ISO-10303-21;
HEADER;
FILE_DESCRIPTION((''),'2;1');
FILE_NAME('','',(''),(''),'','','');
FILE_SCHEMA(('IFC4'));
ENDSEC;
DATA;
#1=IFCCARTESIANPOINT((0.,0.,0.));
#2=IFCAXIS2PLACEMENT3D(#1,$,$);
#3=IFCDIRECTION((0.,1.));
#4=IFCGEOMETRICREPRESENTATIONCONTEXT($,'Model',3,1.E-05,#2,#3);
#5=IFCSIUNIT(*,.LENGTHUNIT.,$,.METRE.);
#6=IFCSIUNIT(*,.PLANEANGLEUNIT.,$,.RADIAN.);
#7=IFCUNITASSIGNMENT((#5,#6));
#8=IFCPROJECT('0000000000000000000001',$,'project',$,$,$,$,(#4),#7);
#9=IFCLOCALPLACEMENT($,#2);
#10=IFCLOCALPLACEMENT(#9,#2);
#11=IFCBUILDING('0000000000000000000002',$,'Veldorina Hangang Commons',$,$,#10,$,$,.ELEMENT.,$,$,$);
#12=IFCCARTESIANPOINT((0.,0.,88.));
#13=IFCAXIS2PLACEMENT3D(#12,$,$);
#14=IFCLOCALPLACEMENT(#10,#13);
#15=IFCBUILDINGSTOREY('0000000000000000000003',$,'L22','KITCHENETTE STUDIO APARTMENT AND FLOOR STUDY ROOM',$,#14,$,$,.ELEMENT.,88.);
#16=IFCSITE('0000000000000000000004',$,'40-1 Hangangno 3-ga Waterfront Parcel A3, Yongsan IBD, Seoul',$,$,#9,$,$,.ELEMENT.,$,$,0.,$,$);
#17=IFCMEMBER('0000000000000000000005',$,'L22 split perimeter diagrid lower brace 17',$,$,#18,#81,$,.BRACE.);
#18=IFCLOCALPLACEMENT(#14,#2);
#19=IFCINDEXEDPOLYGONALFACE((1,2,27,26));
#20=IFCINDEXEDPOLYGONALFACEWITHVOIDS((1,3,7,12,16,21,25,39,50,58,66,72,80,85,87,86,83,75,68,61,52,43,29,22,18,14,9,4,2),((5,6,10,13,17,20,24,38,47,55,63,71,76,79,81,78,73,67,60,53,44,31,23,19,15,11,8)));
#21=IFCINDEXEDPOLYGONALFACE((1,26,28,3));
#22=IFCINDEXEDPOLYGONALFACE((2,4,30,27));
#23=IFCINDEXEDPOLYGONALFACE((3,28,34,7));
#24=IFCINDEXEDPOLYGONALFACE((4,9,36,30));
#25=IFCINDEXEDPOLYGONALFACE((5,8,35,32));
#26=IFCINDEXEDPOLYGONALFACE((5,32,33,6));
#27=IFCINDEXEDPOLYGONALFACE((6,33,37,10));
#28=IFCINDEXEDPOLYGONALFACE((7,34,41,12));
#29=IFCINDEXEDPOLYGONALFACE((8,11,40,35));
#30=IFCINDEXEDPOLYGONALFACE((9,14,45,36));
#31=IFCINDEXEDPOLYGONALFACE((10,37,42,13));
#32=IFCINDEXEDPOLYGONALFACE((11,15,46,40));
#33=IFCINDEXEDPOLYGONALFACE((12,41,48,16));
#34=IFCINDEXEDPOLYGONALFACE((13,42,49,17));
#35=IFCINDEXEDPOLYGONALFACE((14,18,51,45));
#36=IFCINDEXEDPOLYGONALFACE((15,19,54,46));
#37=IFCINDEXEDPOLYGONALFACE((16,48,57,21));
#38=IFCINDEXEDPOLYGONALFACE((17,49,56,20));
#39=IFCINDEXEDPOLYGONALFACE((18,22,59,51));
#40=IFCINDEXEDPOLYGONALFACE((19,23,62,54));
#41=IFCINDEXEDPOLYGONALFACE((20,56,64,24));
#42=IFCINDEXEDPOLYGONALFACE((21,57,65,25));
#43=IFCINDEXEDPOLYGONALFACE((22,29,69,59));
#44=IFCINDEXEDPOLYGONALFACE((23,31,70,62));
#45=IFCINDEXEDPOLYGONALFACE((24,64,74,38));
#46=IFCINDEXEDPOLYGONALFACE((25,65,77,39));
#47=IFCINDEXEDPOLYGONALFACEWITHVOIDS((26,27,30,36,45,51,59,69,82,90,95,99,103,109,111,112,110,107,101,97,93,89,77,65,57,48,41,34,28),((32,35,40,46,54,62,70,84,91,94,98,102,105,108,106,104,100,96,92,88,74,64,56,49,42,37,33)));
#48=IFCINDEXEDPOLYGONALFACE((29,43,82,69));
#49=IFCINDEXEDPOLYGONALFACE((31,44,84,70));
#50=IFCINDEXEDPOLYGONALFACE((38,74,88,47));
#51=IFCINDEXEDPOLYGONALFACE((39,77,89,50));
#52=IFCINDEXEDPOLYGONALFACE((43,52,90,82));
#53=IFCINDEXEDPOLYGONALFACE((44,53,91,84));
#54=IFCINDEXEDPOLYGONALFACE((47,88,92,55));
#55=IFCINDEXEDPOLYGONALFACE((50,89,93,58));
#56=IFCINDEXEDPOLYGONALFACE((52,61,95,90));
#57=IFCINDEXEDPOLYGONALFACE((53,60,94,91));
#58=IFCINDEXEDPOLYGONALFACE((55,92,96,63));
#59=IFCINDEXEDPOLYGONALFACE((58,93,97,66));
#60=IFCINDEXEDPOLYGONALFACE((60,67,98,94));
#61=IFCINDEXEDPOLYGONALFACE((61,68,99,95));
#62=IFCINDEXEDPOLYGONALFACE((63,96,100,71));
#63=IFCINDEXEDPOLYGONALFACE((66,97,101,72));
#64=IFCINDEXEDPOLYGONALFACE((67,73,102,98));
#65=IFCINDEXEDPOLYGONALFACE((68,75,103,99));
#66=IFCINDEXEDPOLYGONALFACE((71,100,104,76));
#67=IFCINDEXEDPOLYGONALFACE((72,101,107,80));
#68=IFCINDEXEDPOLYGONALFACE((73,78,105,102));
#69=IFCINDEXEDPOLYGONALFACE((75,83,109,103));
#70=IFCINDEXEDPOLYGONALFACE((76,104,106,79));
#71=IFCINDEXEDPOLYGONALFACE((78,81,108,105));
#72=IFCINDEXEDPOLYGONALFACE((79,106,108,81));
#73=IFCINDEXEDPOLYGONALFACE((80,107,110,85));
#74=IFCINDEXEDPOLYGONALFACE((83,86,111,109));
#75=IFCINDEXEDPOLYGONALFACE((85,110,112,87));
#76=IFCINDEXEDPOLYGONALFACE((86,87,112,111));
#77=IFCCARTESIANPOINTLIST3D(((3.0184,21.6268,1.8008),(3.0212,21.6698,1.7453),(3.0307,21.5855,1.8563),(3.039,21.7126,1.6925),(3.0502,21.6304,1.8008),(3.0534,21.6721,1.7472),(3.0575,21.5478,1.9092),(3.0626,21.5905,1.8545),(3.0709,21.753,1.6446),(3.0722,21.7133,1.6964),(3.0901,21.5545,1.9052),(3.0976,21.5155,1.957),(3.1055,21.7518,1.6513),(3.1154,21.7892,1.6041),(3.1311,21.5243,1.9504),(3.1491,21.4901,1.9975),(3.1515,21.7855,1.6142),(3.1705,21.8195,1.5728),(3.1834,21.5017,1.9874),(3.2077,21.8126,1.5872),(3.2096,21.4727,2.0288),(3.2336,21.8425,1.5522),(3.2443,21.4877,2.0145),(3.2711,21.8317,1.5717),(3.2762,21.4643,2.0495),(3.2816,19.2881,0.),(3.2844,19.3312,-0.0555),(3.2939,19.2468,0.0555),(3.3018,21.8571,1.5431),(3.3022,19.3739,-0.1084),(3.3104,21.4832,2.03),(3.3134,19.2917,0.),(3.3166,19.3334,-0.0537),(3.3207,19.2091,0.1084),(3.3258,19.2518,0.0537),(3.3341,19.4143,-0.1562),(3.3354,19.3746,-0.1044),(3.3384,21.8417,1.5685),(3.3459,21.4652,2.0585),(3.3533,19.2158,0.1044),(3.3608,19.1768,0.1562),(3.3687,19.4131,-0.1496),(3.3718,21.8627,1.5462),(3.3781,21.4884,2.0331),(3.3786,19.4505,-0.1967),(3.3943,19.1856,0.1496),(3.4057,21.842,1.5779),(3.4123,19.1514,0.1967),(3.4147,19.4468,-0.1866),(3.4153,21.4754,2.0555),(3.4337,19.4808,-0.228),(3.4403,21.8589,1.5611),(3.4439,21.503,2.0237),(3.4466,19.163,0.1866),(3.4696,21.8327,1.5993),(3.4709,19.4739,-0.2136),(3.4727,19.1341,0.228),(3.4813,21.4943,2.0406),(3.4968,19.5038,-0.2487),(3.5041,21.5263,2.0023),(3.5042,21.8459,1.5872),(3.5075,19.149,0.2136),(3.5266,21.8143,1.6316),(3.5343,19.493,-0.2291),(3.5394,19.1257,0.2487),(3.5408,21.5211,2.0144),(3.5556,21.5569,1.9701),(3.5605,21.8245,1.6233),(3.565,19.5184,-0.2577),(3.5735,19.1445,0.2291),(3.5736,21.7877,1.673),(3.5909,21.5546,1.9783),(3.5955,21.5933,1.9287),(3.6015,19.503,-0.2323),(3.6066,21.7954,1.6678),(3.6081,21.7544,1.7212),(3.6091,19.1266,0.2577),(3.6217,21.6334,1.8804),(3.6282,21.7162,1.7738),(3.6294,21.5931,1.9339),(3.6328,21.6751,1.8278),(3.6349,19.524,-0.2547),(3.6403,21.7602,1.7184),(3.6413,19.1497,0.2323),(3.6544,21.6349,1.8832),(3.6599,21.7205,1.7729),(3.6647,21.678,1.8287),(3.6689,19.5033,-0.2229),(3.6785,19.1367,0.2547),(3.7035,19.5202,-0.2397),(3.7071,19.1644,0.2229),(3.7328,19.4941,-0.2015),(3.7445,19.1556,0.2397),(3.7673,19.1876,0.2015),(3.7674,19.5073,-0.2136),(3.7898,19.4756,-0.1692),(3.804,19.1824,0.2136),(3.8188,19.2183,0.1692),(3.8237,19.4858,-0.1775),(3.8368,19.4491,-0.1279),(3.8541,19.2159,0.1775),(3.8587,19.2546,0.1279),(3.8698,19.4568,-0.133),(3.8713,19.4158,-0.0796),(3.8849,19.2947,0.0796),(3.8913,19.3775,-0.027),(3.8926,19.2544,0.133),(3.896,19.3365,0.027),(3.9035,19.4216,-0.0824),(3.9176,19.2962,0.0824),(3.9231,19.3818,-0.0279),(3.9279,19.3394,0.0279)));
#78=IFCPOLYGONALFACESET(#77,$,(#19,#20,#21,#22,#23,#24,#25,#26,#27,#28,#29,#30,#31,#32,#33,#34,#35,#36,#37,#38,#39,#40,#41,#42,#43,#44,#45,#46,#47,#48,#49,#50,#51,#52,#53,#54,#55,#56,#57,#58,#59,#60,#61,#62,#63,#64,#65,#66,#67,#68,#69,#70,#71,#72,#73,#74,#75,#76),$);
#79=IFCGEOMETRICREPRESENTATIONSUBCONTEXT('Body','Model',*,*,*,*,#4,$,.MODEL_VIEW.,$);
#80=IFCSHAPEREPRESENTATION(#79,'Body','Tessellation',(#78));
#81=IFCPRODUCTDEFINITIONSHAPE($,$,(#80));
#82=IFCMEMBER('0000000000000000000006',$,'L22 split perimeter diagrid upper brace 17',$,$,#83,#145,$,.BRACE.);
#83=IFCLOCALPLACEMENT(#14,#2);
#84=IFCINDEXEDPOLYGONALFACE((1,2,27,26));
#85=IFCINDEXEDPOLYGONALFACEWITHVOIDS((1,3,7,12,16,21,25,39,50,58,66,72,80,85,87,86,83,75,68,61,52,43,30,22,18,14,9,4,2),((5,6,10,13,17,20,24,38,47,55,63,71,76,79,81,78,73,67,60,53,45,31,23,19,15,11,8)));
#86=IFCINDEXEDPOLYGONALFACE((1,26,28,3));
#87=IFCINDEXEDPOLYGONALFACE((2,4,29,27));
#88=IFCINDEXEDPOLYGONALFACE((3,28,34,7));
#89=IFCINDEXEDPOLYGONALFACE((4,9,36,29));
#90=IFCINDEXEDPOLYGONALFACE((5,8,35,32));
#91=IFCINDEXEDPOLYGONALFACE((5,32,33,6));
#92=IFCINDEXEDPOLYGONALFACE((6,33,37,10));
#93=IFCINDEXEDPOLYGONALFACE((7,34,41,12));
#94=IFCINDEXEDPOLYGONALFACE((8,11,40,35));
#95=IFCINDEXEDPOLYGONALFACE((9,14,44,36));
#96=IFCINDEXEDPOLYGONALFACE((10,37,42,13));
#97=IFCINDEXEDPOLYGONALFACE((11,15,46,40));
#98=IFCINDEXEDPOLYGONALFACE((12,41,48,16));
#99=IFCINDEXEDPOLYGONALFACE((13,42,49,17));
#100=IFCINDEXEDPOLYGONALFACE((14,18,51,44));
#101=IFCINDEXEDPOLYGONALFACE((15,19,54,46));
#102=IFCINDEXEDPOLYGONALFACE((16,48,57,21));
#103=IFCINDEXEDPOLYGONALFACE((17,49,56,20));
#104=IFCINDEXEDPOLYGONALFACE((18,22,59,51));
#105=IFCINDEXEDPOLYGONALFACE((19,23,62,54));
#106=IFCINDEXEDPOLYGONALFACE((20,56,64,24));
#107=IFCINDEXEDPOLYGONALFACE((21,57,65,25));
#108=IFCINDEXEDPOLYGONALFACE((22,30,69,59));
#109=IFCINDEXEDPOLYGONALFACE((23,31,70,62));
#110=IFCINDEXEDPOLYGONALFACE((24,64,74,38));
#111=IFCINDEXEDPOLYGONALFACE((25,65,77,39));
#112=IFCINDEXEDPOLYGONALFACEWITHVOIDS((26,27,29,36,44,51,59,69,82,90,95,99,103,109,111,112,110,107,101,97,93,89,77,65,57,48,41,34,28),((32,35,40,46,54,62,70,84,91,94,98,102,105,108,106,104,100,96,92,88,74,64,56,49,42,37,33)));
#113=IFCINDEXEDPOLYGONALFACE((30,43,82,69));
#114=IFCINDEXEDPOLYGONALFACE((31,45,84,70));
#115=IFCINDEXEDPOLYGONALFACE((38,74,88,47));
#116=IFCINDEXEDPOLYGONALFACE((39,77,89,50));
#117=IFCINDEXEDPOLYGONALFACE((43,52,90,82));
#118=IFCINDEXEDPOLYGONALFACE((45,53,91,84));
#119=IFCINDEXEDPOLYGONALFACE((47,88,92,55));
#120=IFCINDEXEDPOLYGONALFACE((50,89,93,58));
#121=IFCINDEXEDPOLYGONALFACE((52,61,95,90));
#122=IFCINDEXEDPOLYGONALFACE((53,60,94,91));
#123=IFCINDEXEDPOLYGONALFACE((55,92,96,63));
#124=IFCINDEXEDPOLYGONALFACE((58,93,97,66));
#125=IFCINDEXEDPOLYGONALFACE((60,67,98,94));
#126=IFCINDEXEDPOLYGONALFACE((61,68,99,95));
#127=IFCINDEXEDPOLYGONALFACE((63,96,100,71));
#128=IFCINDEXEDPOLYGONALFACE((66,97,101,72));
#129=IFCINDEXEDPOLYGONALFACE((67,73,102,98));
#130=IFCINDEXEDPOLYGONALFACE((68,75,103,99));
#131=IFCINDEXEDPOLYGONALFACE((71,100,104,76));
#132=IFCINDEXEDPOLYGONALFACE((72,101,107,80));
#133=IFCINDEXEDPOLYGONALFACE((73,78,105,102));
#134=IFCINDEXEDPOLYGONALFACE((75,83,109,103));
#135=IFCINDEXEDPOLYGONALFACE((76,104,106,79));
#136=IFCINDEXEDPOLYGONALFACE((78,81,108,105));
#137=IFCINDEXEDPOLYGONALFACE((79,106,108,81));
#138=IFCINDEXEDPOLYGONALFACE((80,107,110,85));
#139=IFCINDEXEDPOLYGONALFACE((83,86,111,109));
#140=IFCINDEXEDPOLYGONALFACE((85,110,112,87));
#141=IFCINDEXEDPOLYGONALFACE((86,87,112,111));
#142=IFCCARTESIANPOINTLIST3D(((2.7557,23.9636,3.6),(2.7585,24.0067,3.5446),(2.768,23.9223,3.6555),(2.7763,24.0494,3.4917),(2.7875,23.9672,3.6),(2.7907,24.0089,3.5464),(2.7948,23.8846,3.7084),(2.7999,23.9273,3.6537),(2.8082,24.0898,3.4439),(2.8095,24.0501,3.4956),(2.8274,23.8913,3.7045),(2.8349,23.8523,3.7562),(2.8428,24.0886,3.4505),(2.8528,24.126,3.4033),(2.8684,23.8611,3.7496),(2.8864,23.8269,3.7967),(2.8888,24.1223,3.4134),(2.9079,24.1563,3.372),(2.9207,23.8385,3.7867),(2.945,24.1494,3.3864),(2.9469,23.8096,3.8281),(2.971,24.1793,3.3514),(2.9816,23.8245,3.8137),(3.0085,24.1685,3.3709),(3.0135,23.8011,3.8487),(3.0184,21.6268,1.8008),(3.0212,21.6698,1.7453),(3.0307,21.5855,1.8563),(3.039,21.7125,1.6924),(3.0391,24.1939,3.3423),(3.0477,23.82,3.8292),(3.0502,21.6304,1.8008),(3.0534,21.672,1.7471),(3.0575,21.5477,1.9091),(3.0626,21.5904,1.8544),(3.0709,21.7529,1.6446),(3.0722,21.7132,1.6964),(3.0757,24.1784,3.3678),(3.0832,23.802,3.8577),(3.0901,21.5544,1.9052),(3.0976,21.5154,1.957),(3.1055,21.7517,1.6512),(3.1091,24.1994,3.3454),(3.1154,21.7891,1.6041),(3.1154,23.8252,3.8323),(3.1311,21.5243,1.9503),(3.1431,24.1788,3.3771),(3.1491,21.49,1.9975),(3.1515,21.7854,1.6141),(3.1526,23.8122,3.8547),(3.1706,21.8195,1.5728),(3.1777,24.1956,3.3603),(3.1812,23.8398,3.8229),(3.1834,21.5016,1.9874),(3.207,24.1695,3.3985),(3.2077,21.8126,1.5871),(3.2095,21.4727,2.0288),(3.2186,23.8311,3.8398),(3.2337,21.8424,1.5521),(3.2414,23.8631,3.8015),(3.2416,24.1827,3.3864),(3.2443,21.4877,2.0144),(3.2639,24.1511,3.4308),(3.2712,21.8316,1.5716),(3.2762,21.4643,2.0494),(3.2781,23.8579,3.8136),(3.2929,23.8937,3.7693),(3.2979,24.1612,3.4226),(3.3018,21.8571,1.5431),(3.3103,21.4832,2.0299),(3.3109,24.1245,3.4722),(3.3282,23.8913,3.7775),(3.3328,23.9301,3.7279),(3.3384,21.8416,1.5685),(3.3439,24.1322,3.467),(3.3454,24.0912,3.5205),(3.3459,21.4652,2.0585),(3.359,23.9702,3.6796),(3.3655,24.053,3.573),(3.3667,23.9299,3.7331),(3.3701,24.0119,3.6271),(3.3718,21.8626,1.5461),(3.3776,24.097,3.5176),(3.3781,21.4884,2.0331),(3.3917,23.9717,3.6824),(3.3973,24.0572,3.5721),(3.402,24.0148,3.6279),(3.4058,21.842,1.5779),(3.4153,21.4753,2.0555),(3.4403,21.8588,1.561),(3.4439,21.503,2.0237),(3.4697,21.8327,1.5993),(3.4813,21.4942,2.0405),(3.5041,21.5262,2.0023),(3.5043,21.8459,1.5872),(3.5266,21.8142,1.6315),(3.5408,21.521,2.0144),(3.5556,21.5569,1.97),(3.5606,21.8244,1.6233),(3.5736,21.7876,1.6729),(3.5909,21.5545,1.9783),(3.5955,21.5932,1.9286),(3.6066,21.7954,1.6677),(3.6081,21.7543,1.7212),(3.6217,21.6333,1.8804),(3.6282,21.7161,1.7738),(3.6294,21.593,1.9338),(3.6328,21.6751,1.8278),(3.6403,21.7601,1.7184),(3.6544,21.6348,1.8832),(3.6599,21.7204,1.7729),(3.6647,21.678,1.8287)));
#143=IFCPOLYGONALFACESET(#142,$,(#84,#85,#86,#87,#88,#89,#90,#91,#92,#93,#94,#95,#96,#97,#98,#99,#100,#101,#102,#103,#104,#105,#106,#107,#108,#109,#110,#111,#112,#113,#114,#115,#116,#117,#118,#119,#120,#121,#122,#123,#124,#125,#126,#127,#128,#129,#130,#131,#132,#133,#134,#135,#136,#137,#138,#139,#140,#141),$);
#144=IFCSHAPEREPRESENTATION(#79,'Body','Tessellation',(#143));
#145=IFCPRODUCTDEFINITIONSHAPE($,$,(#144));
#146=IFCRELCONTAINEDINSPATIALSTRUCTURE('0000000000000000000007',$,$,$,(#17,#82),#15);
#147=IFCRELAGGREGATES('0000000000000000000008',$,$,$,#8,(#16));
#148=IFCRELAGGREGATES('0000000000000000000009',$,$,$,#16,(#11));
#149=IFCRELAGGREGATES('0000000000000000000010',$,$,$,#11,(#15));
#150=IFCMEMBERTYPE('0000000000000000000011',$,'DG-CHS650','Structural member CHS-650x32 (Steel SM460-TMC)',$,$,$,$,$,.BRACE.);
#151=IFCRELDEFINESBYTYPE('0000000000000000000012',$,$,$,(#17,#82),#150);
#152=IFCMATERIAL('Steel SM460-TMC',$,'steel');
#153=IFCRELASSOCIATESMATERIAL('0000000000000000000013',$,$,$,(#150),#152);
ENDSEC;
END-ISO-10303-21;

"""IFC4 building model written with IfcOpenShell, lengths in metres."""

from ifc_helpers import new_model, si_unit, direction, frame, origin, origin_2d, place, context, subcontext, project, spatial, hollow_circle, extrude, material, material_profile, profile_set, type_object, element, save


model = new_model("IFC4")

# Units and contexts
model_context = context("Model", 3, precision=1e-05, world=origin(), true_north=direction((0.0, 1.0)))
body_context = subcontext(model_context, "Body", "Model", "MODEL_VIEW")
ifc_project = project(units=[si_unit("LENGTHUNIT", "METRE"), si_unit("PLANEANGLEUNIT", "RADIAN")], contexts=[model_context])

# Site, building, storey
site_placement = place(None, origin())
site = spatial("IfcSite", under=ifc_project, at=site_placement, Name="40-1 Hangangno 3-ga Waterfront Parcel A3, Yongsan IBD, Seoul", CompositionType="ELEMENT", RefElevation=0.0)
building_placement = place(site_placement, origin())
building = spatial("IfcBuilding", under=site, at=building_placement, Name="Veldorina Hangang Commons", CompositionType="ELEMENT")
storey_placement = place(building_placement, frame((0.0, 0.0, 88.0)))
storey = spatial("IfcBuildingStorey", under=building, at=storey_placement, Name="L22", Description="KITCHENETTE STUDIO APARTMENT AND FLOOR STUDY ROOM", CompositionType="ELEMENT", Elevation=88.0)

# Members
ifc_material_1 = material(Name="Steel SM460-TMC", Category="steel")
ifc_material_profile_1 = material_profile(ifc_material_1, hollow_circle(Radius=0.325, WallThickness=0.032, at=origin_2d()), Name="CHS-650x32")
ifc_profile_set_1 = profile_set([ifc_material_profile_1], Name="Steel SM460-TMC")
member_type = type_object("IfcMemberType", Name="DG-CHS650", Description="Structural member CHS-650x32 (Steel SM460-TMC)", PredefinedType="BRACE", material=ifc_profile_set_1)
member_1_placement = place(storey_placement, frame((3.6045, 19.3245, 0.0), z_axis=(-0.088814, 0.789191, 0.607691), x_axis=(-0.993727, -0.111832, 0.0)))
element("IfcMember", 1, at=member_1_placement, inside=storey, type_object=member_type, Name="L22 split perimeter diagrid lower brace 17", PredefinedType="BRACE", context=body_context, shape_type="SweptSolid", body=[
    extrude(hollow_circle(Radius=0.325, WallThickness=0.032, at=origin_2d()), origin(), (0.0, 0.0, 1.0), 2.9634),
])
member_2_placement = place(storey_placement, frame((3.3413, 21.6631, 1.8008), z_axis=(-0.088717, 0.789223, 0.607665), x_axis=(-0.993741, -0.111708, 0.0)))
element("IfcMember", 2, at=member_2_placement, inside=storey, type_object=member_type, Name="L22 split perimeter diagrid upper brace 17", PredefinedType="BRACE", context=body_context, shape_type="SweptSolid", body=[
    extrude(hollow_circle(Radius=0.325, WallThickness=0.032, at=origin_2d()), origin(), (0.0, 0.0, 1.0), 2.9609),
])

save(model, "model.ifc")
